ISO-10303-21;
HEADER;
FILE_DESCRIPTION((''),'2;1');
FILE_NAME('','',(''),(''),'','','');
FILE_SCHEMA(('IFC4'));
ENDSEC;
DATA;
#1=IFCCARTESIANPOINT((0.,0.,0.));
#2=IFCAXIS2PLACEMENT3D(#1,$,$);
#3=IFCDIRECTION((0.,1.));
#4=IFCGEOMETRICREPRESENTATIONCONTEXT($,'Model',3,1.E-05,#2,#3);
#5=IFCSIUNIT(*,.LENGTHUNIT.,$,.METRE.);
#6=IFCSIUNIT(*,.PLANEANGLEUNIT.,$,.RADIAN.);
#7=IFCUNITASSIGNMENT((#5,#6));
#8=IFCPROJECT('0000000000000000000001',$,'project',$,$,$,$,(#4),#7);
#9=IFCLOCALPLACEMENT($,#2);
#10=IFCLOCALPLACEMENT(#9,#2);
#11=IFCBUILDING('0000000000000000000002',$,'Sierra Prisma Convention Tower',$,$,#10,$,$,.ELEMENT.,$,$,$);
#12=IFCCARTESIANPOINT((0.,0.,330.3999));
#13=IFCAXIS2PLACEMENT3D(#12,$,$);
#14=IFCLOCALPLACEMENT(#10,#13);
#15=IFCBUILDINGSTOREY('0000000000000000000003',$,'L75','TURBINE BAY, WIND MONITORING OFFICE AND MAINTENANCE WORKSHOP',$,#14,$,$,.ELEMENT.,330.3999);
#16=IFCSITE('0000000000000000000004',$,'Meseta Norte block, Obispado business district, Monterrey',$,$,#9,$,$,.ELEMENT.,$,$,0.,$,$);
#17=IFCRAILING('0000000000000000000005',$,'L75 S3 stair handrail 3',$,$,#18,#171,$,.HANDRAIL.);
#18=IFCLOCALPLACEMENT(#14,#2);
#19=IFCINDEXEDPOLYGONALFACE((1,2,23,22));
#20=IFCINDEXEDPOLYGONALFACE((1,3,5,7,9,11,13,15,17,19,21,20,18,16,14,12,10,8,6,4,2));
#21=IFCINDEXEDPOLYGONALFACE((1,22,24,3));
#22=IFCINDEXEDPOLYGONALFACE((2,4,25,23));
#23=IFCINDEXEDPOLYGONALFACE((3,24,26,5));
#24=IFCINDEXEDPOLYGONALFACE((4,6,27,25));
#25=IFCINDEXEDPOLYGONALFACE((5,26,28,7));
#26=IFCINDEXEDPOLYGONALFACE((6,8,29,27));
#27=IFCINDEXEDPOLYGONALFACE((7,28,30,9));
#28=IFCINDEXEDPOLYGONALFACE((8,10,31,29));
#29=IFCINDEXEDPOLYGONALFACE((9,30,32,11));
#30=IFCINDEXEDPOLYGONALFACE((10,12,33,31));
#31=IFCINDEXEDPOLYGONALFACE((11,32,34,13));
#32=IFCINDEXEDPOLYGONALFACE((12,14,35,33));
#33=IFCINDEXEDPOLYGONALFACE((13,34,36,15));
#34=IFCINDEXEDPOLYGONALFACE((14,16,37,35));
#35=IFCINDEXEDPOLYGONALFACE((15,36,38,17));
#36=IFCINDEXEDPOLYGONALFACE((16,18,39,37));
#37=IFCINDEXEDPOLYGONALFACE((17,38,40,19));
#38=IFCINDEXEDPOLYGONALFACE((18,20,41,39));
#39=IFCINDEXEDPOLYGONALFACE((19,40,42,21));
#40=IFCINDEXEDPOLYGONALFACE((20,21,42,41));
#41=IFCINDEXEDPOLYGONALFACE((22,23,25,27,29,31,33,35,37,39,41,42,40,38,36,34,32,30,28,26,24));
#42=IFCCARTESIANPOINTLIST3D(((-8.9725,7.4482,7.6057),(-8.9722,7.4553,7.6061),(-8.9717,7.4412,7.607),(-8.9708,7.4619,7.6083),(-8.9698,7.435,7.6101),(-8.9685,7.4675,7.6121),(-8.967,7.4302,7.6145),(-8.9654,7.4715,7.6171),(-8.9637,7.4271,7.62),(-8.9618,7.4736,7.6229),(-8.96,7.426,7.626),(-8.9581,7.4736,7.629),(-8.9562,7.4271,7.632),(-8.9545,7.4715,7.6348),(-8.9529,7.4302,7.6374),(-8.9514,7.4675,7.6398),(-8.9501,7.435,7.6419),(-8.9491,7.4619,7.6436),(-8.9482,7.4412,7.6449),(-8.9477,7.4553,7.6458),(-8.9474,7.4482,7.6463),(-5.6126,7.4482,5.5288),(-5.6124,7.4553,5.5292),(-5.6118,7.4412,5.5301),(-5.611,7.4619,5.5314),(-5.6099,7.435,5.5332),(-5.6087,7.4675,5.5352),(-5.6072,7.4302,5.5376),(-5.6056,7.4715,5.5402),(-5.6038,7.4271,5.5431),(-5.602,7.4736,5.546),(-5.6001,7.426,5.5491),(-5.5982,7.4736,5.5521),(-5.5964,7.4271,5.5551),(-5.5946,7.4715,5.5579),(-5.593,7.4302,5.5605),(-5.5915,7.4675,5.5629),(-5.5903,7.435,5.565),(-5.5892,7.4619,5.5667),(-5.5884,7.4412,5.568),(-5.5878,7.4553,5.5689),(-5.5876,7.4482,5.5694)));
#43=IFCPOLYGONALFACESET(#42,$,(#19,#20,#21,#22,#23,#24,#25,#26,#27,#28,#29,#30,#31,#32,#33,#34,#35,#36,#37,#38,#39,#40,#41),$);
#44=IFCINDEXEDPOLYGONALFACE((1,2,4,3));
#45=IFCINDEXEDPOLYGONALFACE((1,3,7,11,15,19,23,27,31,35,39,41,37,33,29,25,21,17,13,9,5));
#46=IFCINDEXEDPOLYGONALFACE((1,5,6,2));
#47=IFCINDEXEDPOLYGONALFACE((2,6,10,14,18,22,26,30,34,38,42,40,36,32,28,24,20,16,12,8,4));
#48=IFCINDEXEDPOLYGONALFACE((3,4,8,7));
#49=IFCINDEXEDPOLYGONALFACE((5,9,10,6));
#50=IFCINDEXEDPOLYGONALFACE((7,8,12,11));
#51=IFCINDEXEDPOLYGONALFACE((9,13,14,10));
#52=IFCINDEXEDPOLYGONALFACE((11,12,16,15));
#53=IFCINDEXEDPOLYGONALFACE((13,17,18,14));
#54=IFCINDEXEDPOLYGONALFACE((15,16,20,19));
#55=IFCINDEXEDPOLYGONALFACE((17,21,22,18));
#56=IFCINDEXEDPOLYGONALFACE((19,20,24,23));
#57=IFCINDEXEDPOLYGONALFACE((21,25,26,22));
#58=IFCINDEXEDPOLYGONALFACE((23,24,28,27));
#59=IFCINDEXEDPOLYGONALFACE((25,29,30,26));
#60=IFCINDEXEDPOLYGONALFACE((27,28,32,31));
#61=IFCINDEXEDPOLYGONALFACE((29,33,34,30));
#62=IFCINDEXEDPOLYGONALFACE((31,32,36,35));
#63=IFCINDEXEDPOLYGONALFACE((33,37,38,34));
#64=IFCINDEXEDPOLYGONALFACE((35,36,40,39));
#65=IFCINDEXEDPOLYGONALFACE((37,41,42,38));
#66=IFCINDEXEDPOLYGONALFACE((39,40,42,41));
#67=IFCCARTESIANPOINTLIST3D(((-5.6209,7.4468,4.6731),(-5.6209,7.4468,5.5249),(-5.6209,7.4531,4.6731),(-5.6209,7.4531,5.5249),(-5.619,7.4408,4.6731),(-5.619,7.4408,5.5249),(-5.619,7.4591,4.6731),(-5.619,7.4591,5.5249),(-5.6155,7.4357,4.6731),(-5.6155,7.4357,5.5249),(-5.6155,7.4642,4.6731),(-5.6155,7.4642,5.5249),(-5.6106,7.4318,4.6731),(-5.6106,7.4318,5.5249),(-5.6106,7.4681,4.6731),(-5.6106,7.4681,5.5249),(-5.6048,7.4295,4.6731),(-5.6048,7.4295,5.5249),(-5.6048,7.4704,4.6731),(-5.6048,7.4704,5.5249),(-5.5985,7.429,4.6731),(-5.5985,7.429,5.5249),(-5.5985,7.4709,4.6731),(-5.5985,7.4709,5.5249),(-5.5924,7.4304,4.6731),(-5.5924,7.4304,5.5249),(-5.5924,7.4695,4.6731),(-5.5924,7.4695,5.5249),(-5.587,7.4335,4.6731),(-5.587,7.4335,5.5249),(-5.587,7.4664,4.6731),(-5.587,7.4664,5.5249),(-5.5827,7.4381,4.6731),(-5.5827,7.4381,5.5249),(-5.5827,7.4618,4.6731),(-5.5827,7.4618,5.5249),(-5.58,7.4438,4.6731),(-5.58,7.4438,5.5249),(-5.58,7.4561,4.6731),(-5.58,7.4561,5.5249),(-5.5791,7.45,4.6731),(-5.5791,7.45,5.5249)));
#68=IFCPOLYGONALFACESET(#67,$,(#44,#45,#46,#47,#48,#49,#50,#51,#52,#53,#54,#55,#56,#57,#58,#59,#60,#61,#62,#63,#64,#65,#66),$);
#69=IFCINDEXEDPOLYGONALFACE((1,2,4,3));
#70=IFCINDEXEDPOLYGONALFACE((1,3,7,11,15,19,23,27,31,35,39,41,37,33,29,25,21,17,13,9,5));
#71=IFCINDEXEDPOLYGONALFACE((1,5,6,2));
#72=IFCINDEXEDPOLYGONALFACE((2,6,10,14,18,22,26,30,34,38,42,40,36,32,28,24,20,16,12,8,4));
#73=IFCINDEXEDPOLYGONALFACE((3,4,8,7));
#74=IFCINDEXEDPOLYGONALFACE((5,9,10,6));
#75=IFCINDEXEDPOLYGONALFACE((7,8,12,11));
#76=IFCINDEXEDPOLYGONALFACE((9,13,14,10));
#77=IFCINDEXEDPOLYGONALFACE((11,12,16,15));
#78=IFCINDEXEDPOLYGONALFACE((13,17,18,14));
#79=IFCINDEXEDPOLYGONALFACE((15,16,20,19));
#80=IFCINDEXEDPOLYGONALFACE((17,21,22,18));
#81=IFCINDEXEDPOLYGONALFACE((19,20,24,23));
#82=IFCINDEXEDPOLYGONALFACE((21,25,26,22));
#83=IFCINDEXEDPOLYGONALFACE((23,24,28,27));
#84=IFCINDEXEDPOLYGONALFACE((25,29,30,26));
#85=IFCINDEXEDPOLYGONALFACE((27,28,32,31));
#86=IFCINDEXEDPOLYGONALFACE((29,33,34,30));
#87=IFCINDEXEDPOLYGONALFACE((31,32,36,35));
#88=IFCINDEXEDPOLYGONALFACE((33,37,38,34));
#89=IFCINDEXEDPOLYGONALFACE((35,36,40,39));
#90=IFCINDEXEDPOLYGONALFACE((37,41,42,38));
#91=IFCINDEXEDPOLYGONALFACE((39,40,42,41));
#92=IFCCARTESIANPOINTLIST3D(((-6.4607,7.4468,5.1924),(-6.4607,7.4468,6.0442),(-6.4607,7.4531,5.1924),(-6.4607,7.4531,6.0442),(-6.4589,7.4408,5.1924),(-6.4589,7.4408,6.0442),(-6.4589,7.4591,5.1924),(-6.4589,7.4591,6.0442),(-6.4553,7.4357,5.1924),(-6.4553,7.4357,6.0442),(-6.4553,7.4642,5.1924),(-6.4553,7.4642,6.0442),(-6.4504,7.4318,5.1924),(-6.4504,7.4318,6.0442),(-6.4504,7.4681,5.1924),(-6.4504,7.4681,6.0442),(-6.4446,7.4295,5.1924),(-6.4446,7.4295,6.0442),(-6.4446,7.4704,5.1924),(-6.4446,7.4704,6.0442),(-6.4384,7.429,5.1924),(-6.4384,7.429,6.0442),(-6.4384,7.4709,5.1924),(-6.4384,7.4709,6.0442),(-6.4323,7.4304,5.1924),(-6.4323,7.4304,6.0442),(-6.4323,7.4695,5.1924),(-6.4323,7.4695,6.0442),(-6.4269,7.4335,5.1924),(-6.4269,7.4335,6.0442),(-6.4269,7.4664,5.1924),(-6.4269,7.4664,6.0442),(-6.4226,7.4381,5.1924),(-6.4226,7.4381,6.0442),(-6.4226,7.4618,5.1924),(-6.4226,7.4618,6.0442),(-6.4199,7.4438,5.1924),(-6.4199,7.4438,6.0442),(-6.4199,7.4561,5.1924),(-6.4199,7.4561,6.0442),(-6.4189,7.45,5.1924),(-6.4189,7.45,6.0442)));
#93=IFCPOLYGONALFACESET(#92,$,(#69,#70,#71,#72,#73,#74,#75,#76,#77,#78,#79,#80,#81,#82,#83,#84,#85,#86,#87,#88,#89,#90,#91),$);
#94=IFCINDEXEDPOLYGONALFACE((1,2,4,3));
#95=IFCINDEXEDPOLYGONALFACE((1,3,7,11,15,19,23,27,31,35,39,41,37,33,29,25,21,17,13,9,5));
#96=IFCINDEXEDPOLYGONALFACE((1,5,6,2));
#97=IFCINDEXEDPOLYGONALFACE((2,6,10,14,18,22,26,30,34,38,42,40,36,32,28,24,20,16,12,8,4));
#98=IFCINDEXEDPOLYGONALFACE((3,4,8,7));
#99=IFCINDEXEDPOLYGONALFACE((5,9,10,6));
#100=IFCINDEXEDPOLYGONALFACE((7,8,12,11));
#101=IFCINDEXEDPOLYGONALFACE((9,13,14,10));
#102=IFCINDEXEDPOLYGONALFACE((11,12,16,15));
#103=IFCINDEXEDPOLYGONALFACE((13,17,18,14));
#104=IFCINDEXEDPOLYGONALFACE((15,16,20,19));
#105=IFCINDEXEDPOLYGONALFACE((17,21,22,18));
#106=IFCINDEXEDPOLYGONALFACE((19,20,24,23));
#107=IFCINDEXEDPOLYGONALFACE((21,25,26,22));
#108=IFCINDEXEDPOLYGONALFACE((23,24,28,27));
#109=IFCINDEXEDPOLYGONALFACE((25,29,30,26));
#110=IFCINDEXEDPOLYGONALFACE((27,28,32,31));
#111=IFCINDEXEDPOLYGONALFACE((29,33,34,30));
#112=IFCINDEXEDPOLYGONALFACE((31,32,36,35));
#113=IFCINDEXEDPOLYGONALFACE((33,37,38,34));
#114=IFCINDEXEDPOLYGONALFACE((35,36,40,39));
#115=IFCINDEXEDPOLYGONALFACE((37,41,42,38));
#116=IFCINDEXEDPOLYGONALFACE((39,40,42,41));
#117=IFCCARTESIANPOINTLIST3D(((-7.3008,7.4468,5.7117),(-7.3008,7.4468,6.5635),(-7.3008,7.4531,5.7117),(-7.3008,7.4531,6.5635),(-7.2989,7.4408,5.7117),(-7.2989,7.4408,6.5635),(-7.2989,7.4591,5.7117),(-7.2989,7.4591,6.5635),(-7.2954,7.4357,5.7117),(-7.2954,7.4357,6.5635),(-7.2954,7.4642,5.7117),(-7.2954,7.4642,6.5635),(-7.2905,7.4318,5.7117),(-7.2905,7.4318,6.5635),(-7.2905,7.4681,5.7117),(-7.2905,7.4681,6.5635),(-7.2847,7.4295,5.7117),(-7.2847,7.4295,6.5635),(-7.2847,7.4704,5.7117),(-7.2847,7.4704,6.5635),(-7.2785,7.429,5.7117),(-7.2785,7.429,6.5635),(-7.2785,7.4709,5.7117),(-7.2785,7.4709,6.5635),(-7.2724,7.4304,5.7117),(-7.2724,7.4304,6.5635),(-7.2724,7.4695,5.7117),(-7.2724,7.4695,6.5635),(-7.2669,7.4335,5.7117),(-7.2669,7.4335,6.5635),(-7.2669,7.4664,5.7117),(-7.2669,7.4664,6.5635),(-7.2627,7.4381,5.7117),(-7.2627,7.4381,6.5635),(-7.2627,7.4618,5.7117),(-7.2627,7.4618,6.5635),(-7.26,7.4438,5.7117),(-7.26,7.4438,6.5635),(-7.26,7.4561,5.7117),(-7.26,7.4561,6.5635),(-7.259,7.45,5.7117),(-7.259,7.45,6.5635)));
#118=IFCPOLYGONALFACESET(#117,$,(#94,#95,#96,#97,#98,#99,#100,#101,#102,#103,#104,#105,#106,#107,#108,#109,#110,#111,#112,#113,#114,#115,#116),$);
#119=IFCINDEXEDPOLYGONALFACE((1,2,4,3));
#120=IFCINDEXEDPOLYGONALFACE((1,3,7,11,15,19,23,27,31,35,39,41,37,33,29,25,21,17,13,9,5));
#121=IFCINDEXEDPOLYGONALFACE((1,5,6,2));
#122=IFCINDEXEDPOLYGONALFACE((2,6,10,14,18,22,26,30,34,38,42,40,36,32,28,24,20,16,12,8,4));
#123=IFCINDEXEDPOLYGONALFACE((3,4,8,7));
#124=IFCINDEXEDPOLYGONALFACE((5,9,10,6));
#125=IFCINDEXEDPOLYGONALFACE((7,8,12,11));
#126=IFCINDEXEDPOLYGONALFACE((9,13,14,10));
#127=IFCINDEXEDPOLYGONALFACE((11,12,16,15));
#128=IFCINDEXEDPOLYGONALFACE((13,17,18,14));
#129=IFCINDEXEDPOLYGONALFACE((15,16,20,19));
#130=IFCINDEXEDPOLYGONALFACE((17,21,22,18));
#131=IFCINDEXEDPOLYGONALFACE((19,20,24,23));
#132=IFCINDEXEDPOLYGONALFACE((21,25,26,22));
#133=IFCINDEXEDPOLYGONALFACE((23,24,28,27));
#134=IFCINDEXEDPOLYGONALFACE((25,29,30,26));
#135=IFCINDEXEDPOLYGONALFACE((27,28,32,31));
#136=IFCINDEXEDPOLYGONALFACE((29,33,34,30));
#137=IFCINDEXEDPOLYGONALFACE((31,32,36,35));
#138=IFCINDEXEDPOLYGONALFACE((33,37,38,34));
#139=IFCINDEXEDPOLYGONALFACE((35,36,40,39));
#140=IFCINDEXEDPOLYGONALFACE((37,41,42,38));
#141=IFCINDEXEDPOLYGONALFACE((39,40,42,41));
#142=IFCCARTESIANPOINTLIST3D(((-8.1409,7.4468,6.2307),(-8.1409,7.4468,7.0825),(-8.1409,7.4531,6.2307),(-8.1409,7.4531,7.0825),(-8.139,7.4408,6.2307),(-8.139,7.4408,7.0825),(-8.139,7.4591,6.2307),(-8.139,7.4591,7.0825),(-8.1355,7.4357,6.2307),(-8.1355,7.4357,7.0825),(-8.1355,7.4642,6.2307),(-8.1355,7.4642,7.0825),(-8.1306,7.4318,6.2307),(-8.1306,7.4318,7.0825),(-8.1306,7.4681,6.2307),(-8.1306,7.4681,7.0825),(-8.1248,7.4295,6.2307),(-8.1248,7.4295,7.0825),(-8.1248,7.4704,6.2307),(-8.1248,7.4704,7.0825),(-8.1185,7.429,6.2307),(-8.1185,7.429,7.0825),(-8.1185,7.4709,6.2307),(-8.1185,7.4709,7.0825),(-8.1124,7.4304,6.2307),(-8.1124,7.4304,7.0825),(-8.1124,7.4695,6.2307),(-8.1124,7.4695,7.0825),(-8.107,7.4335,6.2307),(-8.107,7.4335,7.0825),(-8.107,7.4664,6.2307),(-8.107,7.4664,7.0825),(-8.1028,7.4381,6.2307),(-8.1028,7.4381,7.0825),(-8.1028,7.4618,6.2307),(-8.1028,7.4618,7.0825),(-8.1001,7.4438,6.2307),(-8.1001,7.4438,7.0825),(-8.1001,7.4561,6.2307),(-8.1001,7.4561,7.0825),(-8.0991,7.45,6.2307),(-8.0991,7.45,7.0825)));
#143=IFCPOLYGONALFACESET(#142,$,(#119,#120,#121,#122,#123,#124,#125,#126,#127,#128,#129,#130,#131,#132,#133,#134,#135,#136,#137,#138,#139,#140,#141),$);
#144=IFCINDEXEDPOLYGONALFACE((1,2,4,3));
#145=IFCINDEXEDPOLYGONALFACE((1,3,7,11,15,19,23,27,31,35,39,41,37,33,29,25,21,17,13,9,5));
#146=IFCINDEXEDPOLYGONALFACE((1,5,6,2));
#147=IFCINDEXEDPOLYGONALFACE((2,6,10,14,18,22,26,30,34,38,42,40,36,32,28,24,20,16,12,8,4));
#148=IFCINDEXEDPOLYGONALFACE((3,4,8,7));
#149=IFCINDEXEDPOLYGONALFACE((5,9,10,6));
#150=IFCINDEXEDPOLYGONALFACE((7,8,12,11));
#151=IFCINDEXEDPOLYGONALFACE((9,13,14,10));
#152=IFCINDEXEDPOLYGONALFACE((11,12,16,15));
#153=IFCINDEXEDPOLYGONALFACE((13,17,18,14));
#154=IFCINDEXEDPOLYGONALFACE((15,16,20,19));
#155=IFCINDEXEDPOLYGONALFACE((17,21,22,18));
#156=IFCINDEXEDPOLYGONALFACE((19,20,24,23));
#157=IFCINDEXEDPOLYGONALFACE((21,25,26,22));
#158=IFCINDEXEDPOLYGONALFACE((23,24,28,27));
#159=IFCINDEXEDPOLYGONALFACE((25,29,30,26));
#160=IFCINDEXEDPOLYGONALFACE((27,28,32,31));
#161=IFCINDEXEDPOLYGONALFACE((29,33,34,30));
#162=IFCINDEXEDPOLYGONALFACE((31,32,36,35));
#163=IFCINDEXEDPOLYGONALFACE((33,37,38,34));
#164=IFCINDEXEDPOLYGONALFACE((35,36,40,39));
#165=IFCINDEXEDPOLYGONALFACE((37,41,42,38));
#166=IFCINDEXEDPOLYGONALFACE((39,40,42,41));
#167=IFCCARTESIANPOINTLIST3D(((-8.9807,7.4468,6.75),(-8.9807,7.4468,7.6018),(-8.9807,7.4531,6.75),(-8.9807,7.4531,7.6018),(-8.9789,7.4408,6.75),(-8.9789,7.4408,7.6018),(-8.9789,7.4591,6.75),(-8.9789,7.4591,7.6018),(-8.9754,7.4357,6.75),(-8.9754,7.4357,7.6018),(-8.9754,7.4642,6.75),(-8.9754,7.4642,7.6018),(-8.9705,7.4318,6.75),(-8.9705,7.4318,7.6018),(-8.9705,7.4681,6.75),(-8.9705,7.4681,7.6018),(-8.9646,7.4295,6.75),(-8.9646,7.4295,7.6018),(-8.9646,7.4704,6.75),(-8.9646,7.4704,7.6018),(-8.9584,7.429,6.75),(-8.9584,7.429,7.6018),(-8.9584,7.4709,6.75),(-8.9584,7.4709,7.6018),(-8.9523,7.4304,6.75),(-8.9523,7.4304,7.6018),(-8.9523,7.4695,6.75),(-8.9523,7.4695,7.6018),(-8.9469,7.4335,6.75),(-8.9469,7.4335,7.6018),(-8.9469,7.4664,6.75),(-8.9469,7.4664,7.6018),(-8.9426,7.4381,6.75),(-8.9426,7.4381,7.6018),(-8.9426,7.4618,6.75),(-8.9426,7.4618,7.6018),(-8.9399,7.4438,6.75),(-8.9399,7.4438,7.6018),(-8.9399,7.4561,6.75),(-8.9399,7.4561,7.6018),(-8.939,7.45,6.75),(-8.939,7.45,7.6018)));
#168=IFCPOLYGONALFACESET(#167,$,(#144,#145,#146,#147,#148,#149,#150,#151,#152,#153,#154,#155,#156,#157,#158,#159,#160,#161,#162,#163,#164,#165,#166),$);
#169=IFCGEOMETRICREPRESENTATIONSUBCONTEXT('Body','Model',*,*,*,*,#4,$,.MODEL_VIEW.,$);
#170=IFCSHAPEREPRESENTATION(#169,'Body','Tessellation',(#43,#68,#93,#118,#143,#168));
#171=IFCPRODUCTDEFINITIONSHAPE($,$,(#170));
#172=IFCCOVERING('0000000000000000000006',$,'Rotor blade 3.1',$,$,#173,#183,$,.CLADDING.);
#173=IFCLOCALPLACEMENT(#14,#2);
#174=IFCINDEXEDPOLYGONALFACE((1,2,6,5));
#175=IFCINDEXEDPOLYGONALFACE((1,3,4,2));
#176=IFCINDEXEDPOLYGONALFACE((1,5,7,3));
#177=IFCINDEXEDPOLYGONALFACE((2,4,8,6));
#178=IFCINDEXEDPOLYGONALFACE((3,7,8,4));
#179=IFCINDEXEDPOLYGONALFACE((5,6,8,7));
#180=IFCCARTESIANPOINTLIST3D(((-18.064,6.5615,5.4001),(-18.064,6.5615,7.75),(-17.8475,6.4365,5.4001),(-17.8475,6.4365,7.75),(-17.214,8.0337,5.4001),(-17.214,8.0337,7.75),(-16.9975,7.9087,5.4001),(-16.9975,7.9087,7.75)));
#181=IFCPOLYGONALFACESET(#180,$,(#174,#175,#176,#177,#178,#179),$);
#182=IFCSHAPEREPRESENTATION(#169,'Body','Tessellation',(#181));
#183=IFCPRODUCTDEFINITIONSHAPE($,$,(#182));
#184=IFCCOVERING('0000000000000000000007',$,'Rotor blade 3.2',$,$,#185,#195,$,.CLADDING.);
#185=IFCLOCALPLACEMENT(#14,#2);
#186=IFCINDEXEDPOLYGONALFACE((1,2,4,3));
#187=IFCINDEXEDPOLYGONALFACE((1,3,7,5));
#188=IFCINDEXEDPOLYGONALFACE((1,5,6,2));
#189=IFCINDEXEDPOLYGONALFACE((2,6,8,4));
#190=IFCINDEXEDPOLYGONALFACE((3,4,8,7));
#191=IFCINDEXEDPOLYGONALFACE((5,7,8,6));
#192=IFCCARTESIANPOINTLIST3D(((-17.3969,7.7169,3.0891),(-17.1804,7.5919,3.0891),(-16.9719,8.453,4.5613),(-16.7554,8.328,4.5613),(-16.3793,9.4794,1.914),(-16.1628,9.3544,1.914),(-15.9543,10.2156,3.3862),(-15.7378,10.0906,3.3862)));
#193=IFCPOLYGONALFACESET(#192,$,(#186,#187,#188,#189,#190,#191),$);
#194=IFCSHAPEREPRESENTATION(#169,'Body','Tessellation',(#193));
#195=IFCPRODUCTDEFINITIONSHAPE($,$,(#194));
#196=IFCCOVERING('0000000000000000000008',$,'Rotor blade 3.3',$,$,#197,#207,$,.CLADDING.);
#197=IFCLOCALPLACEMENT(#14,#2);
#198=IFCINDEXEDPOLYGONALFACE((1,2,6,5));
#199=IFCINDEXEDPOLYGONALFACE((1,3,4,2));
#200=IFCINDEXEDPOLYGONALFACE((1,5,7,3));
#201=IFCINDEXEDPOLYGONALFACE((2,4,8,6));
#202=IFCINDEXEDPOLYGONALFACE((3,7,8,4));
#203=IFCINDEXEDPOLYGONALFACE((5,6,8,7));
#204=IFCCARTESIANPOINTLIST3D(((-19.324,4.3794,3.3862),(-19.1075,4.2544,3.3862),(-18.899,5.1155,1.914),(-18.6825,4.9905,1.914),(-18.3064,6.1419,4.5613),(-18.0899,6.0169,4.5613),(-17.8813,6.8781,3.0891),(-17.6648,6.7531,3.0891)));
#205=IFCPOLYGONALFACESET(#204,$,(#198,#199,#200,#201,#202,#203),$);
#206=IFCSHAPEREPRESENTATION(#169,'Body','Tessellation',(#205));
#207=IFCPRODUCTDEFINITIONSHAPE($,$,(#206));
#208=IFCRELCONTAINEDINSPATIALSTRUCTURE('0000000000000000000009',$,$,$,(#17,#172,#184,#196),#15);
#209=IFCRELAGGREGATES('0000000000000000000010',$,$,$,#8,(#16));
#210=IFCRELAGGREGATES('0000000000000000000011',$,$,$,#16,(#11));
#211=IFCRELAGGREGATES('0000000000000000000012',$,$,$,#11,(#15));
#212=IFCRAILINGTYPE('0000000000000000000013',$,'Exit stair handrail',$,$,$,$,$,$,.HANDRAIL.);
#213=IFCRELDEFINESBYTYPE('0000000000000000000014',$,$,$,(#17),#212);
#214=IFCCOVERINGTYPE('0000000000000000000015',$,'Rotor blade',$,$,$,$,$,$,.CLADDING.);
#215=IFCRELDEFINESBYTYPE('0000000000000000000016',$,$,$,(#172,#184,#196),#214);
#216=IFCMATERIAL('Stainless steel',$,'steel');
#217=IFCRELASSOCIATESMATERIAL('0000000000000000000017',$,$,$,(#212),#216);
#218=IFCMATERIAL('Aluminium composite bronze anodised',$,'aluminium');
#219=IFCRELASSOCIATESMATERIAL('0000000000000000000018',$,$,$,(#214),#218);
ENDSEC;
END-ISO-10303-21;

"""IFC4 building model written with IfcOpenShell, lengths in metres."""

from ifc_helpers import new_model, si_unit, direction, frame, origin, origin_2d, place, context, subcontext, project, spatial, rectangle, circle, extrude, material, material_profile, profile_set, type_object, element, save


model = new_model("IFC4")

# Units and contexts
model_context = context("Model", 3, precision=1e-05, world=origin(), true_north=direction((0.0, 1.0)))
body_context = subcontext(model_context, "Body", "Model", "MODEL_VIEW")
ifc_project = project(units=[si_unit("LENGTHUNIT", "METRE"), si_unit("PLANEANGLEUNIT", "RADIAN")], contexts=[model_context])

# Site, building, storey
site_placement = place(None, origin())
site = spatial("IfcSite", under=ifc_project, at=site_placement, Name="Meseta Norte block, Obispado business district, Monterrey", CompositionType="ELEMENT", RefElevation=0.0)
building_placement = place(site_placement, origin())
building = spatial("IfcBuilding", under=site, at=building_placement, Name="Sierra Prisma Convention Tower", CompositionType="ELEMENT")
storey_placement = place(building_placement, frame((0.0, 0.0, 330.3999)))
storey = spatial("IfcBuildingStorey", under=building, at=storey_placement, Name="L75", Description="TURBINE BAY, WIND MONITORING OFFICE AND MAINTENANCE WORKSHOP", CompositionType="ELEMENT", Elevation=330.3999)

# Railing
ifc_material_1 = material(Name="Stainless steel", Category="steel")
railing_type_1 = type_object("IfcRailingType", Name="Exit stair handrail", PredefinedType="HANDRAIL", material=ifc_material_1)
for number, where, name in (
    (1, (-5.6001, 7.45, 4.6731), "L75 S3 stair handrail 3"),
):
    element("IfcRailing", number, at=place(storey_placement, frame(where)), inside=storey, type_object=railing_type_1, Name=name, PredefinedType="HANDRAIL", context=body_context, shape_type="SweptSolid", body=[
        extrude(circle(Radius=0.0239, at=origin_2d()), frame((0.0, 0.0, 0.876), z_axis=(-0.850606, 0.0, 0.525803), x_axis=(0.0, -1.0, 0.0)), (0.0, 0.0, 1.0), 3.95),
        extrude(circle(Radius=0.021, at=origin_2d()), origin(), (0.0, 0.0, 1.0), 0.8518),
        extrude(circle(Radius=0.021, at=origin_2d()), frame((-0.8398, 0.0, 0.5193)), (0.0, 0.0, 1.0), 0.8518),
        extrude(circle(Radius=0.021, at=origin_2d()), frame((-1.6799, 0.0, 1.0386)), (0.0, 0.0, 1.0), 0.8518),
        extrude(circle(Radius=0.021, at=origin_2d()), frame((-2.52, 0.0, 1.5576)), (0.0, 0.0, 1.0), 0.8518),
        extrude(circle(Radius=0.021, at=origin_2d()), frame((-3.3599, 0.0, 2.0769)), (0.0, 0.0, 1.0), 0.8518),
    ])

# Coverings
ifc_material_2 = material(Name="Aluminium composite bronze anodised", Category="aluminium")
ifc_material_profile_1 = material_profile(ifc_material_2, rectangle(XDim=0.25, YDim=1.7, at=origin_2d()), Name="ROTOR BLADE 250x1700")
ifc_profile_set_1 = profile_set([ifc_material_profile_1], Name="Aluminium composite bronze anodised")
covering_type_1 = type_object("IfcCoveringType", Name="Rotor blade", PredefinedType="CLADDING", material=ifc_profile_set_1)
covering_1_placement = place(storey_placement, frame((-17.5308, 7.2351, 5.4001), z_axis=(0.0, 0.0, 1.0), x_axis=(-0.866025, 0.5, 0.0)))
element("IfcCovering", 2, at=covering_1_placement, inside=storey, type_object=covering_type_1, Name="Rotor blade 3.1", PredefinedType="CLADDING", context=body_context, shape_type="SweptSolid", body=[
    extrude(rectangle(XDim=0.25, YDim=1.7, at=origin_2d()), origin(), (0.0, 0.0, 1.0), 2.3499),
])
for number, where, z_axis, x_axis, name in (
    (3, (-17.0762, 8.0225, 3.8252), (0.433014, 0.749983, -0.500024), (-0.86602, 0.50001, 0.0), "Rotor blade 3.2"),
    (4, (-17.9856, 6.4475, 3.8252), (-0.433014, -0.749983, -0.500024), (0.86602, -0.50001, 0.0), "Rotor blade 3.3"),
):
    element("IfcCovering", number, at=place(storey_placement, frame(where, z_axis=z_axis, x_axis=x_axis)), inside=storey, type_object=covering_type_1, Name=name, PredefinedType="CLADDING", context=body_context, shape_type="SweptSolid", body=[
        extrude(rectangle(XDim=0.25, YDim=1.7, at=origin_2d()), origin(), (0.0, 0.0, 1.0), 2.3501),
    ])

save(model, "model.ifc")
